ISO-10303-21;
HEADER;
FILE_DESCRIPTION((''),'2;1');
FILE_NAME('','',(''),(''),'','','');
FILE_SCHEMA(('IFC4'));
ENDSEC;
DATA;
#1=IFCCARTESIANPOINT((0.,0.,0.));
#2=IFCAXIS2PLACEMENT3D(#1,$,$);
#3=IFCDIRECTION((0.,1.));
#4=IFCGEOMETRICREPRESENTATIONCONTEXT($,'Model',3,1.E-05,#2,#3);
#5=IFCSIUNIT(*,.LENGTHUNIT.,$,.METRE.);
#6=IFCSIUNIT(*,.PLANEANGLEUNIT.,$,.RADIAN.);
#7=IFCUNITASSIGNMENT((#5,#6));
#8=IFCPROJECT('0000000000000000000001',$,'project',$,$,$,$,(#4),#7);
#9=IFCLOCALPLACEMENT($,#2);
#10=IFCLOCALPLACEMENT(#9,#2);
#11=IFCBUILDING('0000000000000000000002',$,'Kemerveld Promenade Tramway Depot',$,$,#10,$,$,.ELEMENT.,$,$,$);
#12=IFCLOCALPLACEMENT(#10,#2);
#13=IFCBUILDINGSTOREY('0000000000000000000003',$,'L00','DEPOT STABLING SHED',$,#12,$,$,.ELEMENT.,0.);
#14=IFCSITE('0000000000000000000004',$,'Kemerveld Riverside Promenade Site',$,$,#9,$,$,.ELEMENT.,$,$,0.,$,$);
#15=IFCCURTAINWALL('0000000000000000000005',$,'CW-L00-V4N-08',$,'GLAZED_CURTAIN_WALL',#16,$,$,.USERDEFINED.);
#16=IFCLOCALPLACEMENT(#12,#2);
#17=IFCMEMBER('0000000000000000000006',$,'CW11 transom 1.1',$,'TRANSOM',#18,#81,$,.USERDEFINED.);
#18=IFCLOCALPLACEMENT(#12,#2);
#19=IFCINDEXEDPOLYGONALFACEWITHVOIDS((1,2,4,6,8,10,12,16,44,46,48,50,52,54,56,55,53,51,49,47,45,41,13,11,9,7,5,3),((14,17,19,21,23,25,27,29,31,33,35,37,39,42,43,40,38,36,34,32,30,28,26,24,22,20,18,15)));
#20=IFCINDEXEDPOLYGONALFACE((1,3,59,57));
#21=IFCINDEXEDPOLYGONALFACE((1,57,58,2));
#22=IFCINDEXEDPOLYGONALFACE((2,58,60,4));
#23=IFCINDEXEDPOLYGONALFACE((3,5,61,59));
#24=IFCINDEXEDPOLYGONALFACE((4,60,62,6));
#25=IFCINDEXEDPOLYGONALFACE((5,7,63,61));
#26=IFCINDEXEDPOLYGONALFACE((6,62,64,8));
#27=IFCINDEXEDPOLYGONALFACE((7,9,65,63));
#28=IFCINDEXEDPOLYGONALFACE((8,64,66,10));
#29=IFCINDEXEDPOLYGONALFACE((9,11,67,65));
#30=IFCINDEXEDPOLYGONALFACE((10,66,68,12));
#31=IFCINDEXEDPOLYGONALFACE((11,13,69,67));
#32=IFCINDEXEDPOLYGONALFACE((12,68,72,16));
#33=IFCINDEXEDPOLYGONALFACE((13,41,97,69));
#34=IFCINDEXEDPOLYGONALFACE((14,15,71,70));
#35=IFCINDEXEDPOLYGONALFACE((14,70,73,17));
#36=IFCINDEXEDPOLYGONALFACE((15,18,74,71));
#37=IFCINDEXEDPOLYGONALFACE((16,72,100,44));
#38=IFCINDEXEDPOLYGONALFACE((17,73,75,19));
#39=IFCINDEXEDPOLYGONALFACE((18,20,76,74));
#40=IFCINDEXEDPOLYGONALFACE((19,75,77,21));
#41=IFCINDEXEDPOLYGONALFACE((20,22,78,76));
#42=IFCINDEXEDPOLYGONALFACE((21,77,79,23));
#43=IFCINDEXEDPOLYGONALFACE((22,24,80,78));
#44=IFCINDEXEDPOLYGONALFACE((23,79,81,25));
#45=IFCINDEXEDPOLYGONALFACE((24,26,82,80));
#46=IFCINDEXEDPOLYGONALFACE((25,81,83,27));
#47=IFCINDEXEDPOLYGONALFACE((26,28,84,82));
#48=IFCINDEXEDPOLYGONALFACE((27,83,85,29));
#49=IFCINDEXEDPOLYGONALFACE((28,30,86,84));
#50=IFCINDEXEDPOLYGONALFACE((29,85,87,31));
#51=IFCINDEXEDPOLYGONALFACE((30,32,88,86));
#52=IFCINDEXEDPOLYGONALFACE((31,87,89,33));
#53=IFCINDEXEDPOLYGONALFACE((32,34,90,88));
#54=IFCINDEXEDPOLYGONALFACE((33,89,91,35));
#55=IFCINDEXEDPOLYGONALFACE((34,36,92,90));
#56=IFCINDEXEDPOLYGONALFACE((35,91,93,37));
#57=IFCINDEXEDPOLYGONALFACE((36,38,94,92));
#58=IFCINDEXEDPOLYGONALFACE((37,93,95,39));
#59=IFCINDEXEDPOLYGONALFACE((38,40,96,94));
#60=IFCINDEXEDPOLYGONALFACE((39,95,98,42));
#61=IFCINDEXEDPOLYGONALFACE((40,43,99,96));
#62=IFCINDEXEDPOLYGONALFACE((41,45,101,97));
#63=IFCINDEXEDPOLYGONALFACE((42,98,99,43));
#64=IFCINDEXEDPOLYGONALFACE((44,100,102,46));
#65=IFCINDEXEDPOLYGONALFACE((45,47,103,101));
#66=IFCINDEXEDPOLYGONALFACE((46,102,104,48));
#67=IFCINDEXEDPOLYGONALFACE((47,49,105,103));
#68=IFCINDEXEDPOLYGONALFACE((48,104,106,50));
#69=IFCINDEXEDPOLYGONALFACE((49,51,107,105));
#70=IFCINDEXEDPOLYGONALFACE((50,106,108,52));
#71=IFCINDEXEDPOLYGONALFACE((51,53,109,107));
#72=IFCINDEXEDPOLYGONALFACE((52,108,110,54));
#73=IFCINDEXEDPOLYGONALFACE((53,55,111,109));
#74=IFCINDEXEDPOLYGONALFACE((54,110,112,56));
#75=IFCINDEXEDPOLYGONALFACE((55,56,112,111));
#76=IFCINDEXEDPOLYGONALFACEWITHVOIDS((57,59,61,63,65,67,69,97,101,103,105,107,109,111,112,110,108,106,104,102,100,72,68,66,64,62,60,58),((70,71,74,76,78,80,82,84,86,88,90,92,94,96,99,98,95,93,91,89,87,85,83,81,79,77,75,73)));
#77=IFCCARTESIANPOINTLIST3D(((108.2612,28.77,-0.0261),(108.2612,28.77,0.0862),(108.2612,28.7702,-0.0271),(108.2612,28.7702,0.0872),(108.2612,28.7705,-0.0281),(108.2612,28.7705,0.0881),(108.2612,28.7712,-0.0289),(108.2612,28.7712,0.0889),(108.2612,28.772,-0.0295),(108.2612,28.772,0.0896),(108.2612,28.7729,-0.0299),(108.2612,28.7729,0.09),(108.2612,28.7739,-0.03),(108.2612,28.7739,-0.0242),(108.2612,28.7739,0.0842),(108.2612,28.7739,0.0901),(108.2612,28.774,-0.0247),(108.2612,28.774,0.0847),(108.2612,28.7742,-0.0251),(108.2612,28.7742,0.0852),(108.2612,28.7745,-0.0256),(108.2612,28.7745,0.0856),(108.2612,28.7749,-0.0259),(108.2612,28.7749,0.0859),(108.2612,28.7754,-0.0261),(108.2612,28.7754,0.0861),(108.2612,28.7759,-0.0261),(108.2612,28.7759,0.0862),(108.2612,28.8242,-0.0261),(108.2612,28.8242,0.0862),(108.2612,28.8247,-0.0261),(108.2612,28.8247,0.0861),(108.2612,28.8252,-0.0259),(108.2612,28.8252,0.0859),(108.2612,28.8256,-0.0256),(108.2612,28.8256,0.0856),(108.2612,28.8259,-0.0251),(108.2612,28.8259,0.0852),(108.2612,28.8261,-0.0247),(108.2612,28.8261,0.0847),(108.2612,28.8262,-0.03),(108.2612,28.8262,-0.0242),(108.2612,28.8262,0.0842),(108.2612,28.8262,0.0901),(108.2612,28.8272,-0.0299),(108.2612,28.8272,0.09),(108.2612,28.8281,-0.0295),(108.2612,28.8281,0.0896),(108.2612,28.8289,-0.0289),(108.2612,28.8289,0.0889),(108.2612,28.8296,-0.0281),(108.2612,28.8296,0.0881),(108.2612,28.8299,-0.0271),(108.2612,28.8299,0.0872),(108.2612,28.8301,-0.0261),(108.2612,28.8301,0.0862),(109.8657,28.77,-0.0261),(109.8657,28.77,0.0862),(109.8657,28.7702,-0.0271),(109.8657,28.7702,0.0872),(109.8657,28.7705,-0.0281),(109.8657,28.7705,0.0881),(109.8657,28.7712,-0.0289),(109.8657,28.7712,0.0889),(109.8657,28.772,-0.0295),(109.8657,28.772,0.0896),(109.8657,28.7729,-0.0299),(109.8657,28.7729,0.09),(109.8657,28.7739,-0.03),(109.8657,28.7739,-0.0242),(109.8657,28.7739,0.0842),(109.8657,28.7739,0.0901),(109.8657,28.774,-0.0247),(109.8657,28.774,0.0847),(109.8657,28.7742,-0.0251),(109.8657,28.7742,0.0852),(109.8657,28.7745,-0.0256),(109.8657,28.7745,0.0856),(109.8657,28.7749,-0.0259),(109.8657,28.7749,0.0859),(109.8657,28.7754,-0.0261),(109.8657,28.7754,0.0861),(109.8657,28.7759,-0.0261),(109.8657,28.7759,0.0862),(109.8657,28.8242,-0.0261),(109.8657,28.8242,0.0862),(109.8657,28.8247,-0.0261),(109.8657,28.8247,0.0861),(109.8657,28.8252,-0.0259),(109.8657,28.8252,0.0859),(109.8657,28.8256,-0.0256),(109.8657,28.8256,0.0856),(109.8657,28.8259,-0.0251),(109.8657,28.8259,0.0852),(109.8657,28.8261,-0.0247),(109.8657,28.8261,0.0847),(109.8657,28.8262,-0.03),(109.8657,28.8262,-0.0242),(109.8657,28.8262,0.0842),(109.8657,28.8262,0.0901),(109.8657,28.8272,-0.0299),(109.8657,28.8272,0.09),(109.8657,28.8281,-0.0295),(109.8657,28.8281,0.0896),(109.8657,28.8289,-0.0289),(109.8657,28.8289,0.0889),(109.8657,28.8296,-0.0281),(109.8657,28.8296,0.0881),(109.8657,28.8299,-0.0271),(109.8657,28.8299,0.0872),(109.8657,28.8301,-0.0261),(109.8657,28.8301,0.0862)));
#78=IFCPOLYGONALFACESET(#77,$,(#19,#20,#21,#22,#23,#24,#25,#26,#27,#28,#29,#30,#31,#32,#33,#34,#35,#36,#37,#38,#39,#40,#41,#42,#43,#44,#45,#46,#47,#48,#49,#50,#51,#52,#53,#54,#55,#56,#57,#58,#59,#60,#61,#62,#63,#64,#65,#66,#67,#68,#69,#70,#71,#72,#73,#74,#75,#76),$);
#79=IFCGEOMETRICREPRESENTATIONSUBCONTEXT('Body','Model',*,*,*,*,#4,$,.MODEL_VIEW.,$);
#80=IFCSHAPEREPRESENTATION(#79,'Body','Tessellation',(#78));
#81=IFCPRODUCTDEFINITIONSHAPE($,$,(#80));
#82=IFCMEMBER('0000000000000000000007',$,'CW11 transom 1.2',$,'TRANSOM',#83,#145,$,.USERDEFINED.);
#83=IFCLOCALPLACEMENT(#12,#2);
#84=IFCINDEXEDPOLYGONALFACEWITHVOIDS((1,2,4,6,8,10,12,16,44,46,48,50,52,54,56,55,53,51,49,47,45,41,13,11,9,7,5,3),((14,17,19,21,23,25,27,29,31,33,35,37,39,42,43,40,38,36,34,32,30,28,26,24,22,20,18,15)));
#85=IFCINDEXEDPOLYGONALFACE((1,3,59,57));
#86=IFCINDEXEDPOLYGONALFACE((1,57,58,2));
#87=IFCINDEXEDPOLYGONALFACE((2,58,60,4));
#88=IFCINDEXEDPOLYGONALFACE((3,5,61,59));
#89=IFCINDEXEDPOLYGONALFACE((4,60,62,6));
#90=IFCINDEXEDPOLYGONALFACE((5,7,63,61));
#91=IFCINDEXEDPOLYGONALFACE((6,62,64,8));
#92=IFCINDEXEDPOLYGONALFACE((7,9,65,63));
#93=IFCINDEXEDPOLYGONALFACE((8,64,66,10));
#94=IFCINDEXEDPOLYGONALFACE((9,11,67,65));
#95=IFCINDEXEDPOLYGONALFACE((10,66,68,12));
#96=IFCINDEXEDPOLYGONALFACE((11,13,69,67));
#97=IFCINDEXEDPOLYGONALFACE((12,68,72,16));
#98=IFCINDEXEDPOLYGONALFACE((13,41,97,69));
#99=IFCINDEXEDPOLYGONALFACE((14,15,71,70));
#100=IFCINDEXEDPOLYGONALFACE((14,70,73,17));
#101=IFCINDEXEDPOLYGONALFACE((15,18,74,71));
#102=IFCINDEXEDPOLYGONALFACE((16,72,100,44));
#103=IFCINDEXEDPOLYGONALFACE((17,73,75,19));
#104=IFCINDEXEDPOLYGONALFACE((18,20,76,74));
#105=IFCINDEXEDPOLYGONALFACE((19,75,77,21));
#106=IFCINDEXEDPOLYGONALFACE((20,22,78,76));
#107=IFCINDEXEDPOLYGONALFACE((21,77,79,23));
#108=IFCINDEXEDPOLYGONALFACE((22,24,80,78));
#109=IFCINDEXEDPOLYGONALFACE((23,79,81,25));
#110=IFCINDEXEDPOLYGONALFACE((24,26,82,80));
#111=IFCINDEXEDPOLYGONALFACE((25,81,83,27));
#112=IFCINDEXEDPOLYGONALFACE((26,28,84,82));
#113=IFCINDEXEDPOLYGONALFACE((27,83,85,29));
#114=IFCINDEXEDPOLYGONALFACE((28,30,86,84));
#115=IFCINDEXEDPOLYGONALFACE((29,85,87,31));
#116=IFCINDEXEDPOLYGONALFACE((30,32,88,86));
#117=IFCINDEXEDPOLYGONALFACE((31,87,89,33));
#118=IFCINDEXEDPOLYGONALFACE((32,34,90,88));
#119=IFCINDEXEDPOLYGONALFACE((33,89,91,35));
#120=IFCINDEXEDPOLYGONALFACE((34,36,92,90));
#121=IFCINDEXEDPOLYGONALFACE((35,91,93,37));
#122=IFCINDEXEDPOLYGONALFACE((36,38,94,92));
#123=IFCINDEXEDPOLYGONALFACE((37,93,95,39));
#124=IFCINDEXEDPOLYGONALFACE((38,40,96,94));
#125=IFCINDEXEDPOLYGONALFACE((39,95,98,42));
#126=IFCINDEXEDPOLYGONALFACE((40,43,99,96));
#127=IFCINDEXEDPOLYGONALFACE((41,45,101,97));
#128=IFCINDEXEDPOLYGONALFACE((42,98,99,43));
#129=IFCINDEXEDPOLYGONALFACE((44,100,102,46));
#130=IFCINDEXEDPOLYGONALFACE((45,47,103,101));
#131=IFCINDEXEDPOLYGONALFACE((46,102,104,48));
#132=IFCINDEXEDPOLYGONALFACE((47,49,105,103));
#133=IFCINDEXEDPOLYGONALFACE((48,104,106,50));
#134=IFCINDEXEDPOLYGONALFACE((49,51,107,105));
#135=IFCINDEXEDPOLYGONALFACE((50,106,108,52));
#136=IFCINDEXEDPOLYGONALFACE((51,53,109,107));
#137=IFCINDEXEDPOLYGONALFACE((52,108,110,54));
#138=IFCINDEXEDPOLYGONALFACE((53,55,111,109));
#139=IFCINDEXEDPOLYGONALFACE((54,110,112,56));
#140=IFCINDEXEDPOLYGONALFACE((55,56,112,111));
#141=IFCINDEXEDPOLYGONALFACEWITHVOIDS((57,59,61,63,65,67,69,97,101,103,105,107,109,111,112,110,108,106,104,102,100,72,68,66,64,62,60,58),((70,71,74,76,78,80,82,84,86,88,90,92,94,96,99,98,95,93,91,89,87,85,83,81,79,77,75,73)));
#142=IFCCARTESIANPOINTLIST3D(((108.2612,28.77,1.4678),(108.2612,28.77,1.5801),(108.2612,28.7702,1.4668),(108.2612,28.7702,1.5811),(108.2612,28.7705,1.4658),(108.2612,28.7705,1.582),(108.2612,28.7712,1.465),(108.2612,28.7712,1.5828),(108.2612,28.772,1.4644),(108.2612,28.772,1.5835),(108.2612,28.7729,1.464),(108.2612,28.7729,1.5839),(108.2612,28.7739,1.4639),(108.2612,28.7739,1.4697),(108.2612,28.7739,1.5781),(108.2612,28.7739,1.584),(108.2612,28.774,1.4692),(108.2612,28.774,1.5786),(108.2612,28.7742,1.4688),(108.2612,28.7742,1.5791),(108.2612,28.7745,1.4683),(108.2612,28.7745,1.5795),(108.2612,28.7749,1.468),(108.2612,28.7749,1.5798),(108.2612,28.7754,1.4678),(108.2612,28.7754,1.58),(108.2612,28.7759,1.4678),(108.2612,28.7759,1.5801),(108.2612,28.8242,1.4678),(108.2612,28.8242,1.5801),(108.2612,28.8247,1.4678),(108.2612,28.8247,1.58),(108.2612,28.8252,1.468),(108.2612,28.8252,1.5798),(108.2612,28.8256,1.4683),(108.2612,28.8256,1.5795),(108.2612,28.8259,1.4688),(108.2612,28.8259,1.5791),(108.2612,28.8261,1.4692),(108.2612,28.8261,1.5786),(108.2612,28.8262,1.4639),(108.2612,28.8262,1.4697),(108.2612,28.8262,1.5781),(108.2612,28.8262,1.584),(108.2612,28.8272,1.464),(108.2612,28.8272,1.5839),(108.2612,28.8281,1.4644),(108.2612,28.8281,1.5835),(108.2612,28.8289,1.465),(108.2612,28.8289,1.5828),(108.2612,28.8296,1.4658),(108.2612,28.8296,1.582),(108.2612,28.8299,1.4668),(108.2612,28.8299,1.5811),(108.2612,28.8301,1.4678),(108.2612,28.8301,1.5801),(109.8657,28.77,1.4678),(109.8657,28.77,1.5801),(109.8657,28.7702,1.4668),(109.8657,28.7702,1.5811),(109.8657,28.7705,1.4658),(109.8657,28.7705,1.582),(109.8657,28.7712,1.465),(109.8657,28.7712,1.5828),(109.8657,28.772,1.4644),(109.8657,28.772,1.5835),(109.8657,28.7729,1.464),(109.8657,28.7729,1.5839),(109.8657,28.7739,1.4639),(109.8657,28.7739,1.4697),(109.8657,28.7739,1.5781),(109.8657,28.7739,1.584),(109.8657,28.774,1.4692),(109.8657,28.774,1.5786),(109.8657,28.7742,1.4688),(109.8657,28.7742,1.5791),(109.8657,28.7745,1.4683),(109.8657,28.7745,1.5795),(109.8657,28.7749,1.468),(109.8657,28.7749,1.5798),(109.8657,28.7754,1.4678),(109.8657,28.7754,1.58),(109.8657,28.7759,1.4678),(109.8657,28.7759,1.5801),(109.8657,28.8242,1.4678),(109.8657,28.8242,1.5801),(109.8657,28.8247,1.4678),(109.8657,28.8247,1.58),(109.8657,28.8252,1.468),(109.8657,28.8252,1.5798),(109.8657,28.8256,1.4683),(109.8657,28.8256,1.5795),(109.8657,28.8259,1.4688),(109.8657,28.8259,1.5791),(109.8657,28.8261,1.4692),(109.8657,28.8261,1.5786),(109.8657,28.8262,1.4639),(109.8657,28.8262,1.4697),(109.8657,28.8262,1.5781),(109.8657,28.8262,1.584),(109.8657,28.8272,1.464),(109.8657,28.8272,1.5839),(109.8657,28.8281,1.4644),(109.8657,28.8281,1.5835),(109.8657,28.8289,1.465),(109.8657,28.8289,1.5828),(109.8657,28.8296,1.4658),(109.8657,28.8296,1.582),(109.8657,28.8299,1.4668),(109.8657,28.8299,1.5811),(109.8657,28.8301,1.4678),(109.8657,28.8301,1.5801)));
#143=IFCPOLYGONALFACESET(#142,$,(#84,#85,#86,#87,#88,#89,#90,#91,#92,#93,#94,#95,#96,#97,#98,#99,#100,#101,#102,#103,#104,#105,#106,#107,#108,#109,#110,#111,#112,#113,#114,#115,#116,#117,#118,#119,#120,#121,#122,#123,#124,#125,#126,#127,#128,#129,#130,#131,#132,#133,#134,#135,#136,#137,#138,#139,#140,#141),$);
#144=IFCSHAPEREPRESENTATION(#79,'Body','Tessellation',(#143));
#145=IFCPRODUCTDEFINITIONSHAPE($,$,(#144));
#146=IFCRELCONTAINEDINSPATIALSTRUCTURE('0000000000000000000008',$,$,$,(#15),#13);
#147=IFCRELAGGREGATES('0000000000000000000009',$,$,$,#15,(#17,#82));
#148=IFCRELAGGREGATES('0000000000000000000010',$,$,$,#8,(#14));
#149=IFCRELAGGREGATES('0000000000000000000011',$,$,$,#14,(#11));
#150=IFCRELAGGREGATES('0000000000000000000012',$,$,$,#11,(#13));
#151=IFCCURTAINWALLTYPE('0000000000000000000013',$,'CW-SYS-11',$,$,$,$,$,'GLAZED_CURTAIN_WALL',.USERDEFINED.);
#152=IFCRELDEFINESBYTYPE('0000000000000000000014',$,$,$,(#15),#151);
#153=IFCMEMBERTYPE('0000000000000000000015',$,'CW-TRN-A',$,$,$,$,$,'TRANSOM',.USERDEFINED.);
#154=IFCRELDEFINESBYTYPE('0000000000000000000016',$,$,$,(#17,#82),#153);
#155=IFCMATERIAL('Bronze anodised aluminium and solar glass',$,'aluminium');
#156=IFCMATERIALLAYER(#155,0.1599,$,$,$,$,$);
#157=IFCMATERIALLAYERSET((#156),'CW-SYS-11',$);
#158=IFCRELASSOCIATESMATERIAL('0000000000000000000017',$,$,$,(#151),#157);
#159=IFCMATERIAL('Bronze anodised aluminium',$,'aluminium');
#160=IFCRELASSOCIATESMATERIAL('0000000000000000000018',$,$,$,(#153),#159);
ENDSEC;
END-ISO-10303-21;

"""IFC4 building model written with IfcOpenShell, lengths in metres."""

from ifc_helpers import new_model, si_unit, direction, frame, origin, origin_2d, place, context, subcontext, project, spatial, hollow_rectangle, extrude, material, layer, layer_set, material_profile, profile_set, type_object, element, aggregate, save


model = new_model("IFC4")

# Units and contexts
model_context = context("Model", 3, precision=1e-05, world=origin(), true_north=direction((0.0, 1.0)))
body_context = subcontext(model_context, "Body", "Model", "MODEL_VIEW")
ifc_project = project(units=[si_unit("LENGTHUNIT", "METRE"), si_unit("PLANEANGLEUNIT", "RADIAN")], contexts=[model_context])

# Site, building, storey
site_placement = place(None, origin())
site = spatial("IfcSite", under=ifc_project, at=site_placement, Name="Kemerveld Riverside Promenade Site", CompositionType="ELEMENT", RefElevation=0.0)
building_placement = place(site_placement, origin())
building = spatial("IfcBuilding", under=site, at=building_placement, Name="Kemerveld Promenade Tramway Depot", CompositionType="ELEMENT")
storey_placement = place(building_placement, origin())
storey = spatial("IfcBuildingStorey", under=building, at=storey_placement, Name="L00", Description="DEPOT STABLING SHED", CompositionType="ELEMENT", Elevation=0.0)

# Curtain wall, members
ifc_material_1 = material(Name="Bronze anodised aluminium and solar glass", Category="aluminium")
ifc_layer_1 = layer(ifc_material_1, 0.1599)
ifc_layer_set_1 = layer_set([ifc_layer_1], Name="CW-SYS-11")
curtain_wall_type = type_object("IfcCurtainWallType", Name="CW-SYS-11", ElementType="GLAZED_CURTAIN_WALL", PredefinedType="USERDEFINED", material=ifc_layer_set_1)
curtain_wall_placement = place(storey_placement, origin())
curtain_wall = element("IfcCurtainWall", 1, at=curtain_wall_placement, inside=storey, type_object=curtain_wall_type, Name="CW-L00-V4N-08", ObjectType="GLAZED_CURTAIN_WALL", PredefinedType="USERDEFINED")
ifc_material_2 = material(Name="Bronze anodised aluminium", Category="aluminium")
ifc_material_profile_1 = material_profile(ifc_material_2, hollow_rectangle(XDim=0.0601, YDim=0.1201, WallThickness=0.0039, InnerFilletRadius=0.002, OuterFilletRadius=0.0039, at=origin_2d()), Name="CW-TRN-120x60")
ifc_profile_set_1 = profile_set([ifc_material_profile_1], Name="Bronze anodised aluminium")
member_type_1 = type_object("IfcMemberType", Name="CW-TRN-A", ElementType="TRANSOM", PredefinedType="USERDEFINED", material=ifc_profile_set_1)
member_1_placement = place(storey_placement, frame((108.2612, 28.8, 0.03), z_axis=(1.0, 0.0, 0.0), x_axis=(0.0, 1.0, 0.0)))
member_1 = element("IfcMember", 2, at=member_1_placement, type_object=member_type_1, Name="CW11 transom 1.1", ObjectType="TRANSOM", PredefinedType="USERDEFINED", context=body_context, shape_type="SweptSolid", body=[
    extrude(hollow_rectangle(XDim=0.0601, YDim=0.1201, WallThickness=0.0039, InnerFilletRadius=0.002, OuterFilletRadius=0.0039, at=origin_2d()), origin(), (0.0, 0.0, 1.0), 1.6045),
])
member_2_placement = place(storey_placement, frame((108.2612, 28.8, 1.5239), z_axis=(1.0, 0.0, 0.0), x_axis=(0.0, 1.0, 0.0)))
member_2 = element("IfcMember", 3, at=member_2_placement, type_object=member_type_1, Name="CW11 transom 1.2", ObjectType="TRANSOM", PredefinedType="USERDEFINED", context=body_context, shape_type="SweptSolid", body=[
    extrude(hollow_rectangle(XDim=0.0601, YDim=0.1201, WallThickness=0.0039, InnerFilletRadius=0.002, OuterFilletRadius=0.0039, at=origin_2d()), origin(), (0.0, 0.0, 1.0), 1.6045),
])
aggregate(curtain_wall, [member_1, member_2])

save(model, "model.ifc")
